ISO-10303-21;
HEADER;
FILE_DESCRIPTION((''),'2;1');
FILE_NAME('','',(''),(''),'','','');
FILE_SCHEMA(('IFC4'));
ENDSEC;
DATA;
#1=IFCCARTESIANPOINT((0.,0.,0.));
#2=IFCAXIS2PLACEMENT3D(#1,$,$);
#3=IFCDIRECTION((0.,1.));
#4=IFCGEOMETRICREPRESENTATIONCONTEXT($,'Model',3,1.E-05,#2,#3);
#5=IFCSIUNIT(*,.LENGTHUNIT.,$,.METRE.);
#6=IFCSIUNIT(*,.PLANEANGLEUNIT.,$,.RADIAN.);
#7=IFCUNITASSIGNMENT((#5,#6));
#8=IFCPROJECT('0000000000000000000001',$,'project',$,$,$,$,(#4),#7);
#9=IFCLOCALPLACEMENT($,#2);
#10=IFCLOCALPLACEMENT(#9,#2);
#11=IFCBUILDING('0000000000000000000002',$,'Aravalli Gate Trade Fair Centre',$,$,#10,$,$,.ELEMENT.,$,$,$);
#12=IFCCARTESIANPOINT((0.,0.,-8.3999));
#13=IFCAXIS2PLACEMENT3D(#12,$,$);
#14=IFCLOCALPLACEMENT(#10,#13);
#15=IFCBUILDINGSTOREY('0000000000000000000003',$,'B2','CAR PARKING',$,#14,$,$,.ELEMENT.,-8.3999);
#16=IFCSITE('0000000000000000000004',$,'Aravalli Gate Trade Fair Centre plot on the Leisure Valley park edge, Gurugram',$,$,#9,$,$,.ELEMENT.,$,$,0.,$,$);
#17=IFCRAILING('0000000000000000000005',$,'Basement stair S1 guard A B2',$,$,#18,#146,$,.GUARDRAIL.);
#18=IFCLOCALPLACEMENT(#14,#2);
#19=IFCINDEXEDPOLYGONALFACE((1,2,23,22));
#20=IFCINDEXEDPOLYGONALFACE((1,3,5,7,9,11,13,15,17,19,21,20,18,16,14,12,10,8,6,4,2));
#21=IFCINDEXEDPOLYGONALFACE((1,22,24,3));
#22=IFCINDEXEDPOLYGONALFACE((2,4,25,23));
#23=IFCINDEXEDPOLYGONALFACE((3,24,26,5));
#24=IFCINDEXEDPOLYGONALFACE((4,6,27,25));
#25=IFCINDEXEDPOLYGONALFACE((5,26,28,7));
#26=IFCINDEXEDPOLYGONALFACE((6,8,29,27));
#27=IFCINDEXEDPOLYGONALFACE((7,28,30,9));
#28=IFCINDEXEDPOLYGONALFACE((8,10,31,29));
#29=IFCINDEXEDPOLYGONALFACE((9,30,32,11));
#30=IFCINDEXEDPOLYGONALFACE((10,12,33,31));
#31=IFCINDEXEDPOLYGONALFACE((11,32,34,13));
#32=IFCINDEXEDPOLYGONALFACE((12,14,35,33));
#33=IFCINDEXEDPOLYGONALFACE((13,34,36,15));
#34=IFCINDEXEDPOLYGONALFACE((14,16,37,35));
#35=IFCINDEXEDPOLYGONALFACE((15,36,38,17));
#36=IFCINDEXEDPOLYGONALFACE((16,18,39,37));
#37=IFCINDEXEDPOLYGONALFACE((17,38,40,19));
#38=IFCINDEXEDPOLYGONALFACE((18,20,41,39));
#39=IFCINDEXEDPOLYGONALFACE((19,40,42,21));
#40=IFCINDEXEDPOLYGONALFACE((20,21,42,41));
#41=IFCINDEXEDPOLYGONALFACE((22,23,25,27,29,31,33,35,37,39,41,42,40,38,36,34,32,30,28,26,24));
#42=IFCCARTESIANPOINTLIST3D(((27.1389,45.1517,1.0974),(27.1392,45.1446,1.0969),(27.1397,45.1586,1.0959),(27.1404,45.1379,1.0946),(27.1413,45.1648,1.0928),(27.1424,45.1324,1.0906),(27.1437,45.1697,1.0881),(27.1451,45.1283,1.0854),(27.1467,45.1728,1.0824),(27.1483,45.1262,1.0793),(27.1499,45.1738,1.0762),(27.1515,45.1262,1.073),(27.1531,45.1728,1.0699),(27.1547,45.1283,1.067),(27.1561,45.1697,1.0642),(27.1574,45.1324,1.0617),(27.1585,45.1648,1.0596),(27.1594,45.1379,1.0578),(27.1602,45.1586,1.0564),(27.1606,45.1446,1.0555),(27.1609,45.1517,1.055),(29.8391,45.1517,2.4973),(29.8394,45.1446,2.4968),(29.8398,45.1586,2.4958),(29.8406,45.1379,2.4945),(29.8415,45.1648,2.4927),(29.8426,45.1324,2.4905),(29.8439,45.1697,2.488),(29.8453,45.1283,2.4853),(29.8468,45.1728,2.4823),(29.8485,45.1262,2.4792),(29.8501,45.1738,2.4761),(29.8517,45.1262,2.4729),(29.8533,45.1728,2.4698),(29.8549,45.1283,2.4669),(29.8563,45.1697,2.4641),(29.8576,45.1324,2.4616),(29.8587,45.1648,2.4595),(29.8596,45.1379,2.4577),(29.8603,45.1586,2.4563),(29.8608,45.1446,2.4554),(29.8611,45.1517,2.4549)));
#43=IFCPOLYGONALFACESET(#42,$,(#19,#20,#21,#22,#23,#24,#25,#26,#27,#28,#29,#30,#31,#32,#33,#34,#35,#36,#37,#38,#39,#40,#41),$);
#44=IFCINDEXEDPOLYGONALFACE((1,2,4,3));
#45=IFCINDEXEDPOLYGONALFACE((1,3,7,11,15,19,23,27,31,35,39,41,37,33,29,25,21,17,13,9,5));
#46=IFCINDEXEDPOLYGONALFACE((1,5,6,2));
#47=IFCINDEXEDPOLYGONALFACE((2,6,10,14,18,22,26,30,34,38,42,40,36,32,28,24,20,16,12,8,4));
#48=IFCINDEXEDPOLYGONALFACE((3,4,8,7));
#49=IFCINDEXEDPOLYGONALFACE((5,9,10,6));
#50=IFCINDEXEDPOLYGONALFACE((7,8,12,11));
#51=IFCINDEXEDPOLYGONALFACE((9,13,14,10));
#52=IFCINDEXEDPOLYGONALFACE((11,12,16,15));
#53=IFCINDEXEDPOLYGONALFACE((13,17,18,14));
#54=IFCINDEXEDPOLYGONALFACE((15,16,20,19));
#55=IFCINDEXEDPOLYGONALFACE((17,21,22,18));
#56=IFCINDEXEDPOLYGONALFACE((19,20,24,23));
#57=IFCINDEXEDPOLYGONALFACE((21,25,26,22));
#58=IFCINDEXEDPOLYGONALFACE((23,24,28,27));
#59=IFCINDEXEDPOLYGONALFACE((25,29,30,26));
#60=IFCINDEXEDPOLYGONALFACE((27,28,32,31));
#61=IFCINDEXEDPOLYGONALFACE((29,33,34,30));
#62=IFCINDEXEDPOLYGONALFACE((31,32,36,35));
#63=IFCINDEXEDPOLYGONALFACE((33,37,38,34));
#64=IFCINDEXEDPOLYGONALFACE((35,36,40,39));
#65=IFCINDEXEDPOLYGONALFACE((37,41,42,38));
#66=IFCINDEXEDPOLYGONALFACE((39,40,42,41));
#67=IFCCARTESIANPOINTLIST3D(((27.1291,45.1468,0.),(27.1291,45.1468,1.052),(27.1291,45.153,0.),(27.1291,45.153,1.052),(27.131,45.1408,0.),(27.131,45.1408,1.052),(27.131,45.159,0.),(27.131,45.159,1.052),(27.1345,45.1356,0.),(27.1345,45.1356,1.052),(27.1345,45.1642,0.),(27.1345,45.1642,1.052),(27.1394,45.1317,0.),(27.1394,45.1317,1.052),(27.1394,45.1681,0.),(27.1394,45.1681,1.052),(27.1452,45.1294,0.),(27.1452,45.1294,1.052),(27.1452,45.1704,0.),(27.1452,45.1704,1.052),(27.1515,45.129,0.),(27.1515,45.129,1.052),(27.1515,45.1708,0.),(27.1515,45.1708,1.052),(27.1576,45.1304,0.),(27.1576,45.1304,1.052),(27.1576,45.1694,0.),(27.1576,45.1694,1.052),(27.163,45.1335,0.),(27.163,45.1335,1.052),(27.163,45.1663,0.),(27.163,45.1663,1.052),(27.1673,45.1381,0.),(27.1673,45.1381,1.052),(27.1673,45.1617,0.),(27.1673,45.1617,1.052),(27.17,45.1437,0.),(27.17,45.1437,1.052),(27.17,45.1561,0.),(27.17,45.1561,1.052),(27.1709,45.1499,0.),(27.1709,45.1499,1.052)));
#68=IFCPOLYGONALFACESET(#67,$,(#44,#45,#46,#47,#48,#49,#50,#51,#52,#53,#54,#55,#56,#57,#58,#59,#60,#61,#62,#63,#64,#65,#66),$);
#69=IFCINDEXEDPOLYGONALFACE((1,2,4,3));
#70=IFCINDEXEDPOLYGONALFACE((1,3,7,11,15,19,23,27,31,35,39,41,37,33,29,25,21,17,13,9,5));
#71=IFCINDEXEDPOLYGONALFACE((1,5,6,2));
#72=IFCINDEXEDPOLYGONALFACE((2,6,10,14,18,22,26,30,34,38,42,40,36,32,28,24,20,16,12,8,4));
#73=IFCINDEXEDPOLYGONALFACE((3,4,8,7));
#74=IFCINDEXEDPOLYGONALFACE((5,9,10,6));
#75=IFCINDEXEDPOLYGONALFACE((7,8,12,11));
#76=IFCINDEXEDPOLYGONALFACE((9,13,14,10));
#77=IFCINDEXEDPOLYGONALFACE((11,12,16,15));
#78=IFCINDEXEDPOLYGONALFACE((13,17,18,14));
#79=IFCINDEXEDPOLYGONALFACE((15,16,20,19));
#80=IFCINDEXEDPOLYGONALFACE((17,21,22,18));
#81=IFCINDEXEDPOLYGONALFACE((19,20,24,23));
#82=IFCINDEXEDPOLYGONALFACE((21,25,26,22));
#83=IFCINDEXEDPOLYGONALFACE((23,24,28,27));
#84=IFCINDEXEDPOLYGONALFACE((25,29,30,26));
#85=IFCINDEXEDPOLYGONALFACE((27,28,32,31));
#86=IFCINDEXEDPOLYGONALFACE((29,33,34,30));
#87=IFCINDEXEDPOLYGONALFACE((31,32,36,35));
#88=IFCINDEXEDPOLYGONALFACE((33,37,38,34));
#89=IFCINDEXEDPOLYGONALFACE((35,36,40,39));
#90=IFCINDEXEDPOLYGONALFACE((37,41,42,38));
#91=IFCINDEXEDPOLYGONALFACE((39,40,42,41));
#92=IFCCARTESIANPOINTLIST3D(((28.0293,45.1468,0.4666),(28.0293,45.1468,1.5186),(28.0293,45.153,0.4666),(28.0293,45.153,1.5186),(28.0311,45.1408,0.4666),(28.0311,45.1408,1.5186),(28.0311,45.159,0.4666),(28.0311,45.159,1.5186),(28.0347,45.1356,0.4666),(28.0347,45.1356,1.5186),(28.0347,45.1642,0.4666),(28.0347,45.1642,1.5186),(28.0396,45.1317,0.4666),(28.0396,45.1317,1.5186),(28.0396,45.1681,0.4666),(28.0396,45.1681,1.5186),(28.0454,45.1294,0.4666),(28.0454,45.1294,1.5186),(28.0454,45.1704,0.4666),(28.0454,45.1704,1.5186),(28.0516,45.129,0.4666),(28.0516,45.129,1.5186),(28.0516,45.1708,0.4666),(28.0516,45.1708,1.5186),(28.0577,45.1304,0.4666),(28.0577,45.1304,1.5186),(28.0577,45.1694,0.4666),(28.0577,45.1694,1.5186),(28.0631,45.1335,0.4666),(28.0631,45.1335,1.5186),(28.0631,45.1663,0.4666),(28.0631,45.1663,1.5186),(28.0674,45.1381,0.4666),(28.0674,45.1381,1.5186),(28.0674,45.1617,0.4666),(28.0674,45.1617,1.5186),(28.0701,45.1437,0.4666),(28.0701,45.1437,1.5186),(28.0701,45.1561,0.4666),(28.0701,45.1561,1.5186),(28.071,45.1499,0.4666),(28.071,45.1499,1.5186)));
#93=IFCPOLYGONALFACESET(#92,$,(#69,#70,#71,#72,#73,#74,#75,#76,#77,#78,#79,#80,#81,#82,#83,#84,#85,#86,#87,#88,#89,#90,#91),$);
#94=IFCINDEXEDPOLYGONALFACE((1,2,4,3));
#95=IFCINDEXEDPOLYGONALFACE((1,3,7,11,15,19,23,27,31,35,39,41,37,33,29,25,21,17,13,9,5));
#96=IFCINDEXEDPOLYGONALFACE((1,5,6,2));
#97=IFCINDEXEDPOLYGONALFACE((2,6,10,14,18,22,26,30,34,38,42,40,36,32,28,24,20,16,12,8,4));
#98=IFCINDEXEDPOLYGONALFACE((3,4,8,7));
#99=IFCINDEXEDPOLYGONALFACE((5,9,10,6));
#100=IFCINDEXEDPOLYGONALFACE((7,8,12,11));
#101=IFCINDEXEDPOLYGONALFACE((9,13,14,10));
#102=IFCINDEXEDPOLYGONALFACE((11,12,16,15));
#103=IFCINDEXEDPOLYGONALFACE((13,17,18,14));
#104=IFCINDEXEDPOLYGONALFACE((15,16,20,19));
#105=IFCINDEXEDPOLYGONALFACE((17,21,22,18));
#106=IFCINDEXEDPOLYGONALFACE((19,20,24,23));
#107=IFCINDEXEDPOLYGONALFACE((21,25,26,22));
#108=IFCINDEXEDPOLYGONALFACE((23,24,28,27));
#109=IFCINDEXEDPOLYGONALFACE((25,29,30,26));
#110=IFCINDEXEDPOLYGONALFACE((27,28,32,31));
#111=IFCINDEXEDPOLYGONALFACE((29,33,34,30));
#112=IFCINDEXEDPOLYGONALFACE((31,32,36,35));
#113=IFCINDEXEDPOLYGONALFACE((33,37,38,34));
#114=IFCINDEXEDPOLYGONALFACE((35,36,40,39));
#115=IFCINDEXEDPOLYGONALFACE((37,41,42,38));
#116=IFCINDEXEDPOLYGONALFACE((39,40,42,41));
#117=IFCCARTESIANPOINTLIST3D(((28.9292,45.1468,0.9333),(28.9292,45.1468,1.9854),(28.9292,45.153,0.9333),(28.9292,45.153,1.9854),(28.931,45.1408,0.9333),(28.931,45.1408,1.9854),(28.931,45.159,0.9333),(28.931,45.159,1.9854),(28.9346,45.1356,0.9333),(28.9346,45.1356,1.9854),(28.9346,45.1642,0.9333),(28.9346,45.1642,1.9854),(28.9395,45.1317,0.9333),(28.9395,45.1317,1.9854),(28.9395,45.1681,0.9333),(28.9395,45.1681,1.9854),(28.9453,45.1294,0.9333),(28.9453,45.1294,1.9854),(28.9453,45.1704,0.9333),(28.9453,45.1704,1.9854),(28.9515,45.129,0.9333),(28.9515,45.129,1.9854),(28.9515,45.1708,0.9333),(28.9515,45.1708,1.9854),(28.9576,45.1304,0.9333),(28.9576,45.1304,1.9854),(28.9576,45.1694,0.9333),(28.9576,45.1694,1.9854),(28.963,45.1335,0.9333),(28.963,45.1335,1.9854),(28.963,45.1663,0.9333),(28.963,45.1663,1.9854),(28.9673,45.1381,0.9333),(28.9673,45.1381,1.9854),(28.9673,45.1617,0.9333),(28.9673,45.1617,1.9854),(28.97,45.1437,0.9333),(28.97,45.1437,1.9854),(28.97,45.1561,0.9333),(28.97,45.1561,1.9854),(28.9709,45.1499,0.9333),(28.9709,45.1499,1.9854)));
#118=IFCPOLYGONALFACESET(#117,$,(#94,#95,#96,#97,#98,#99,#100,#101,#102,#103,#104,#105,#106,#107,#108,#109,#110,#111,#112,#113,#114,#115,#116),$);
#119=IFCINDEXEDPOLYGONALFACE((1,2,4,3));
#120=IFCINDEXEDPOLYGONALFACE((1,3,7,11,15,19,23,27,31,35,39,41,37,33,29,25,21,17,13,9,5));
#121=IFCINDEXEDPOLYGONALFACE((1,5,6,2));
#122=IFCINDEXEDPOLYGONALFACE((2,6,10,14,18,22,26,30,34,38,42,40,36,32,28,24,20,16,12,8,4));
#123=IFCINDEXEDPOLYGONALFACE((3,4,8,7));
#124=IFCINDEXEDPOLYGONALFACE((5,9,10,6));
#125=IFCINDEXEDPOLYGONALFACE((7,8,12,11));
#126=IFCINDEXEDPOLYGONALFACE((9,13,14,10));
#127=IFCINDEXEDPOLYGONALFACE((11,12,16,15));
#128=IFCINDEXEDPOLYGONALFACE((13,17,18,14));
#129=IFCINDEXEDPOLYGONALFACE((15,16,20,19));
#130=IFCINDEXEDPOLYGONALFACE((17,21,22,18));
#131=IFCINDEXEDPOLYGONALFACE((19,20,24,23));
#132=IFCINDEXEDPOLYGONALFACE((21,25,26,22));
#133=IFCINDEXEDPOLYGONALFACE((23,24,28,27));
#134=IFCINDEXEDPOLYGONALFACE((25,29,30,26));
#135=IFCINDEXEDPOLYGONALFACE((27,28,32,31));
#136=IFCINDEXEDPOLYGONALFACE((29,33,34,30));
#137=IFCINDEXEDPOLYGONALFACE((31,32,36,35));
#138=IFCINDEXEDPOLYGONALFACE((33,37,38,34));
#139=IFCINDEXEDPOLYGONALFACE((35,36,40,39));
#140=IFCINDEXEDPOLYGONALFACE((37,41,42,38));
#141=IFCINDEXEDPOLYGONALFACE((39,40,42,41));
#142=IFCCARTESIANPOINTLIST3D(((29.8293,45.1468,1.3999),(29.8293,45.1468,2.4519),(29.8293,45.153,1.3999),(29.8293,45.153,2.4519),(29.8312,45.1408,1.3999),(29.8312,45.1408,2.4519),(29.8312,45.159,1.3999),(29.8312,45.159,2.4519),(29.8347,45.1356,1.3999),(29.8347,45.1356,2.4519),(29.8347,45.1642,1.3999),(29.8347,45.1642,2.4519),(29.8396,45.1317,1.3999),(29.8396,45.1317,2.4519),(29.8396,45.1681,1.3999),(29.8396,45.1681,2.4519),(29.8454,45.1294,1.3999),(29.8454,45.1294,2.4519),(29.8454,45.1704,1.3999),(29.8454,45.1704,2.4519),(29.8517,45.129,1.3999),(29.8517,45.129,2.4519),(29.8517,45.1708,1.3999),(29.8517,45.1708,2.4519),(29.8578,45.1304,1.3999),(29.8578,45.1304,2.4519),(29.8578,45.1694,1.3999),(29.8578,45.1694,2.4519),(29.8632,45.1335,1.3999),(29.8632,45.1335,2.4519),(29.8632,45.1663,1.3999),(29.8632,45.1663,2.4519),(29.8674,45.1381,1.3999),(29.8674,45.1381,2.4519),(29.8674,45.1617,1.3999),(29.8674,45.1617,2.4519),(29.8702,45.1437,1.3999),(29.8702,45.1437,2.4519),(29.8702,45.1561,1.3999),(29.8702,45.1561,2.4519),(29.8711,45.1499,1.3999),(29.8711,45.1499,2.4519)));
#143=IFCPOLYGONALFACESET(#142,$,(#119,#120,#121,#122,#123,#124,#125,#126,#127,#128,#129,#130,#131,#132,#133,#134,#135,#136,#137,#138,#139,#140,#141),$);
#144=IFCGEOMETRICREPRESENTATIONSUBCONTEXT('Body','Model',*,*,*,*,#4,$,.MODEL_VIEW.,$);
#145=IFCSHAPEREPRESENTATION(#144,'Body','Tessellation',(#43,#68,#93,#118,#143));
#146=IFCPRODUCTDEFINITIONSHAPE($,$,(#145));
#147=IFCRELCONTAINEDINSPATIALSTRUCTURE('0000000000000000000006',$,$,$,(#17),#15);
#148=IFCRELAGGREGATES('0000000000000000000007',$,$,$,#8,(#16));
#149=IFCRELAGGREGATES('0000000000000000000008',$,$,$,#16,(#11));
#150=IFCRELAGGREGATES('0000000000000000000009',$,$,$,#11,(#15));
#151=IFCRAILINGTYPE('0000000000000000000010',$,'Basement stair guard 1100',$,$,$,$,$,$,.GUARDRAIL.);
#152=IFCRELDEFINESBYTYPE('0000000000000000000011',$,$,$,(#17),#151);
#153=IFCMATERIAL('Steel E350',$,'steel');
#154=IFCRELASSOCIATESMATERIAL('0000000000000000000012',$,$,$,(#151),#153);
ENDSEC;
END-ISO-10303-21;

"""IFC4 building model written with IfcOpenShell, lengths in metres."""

from ifc_helpers import new_model, si_unit, direction, frame, origin, origin_2d, place, context, subcontext, project, spatial, circle, extrude, material, type_object, element, save


model = new_model("IFC4")

# Units and contexts
model_context = context("Model", 3, precision=1e-05, world=origin(), true_north=direction((0.0, 1.0)))
body_context = subcontext(model_context, "Body", "Model", "MODEL_VIEW")
ifc_project = project(units=[si_unit("LENGTHUNIT", "METRE"), si_unit("PLANEANGLEUNIT", "RADIAN")], contexts=[model_context])

# Site, building, storey
site_placement = place(None, origin())
site = spatial("IfcSite", under=ifc_project, at=site_placement, Name="Aravalli Gate Trade Fair Centre plot on the Leisure Valley park edge, Gurugram", CompositionType="ELEMENT", RefElevation=0.0)
building_placement = place(site_placement, origin())
building = spatial("IfcBuilding", under=site, at=building_placement, Name="Aravalli Gate Trade Fair Centre", CompositionType="ELEMENT")
storey_placement = place(building_placement, frame((0.0, 0.0, -8.3999)))
storey = spatial("IfcBuildingStorey", under=building, at=storey_placement, Name="B2", Description="CAR PARKING", CompositionType="ELEMENT", Elevation=-8.3999)

# Railing
ifc_material_1 = material(Name="Steel E350", Category="steel")
railing_type = type_object("IfcRailingType", Name="Basement stair guard 1100", PredefinedType="GUARDRAIL", material=ifc_material_1)
railing_1_placement = place(storey_placement, frame((27.1499, 45.1499, 0.0)))
element("IfcRailing", 1, at=railing_1_placement, inside=storey, type_object=railing_type, Name="Basement stair S1 guard A B2", PredefinedType="GUARDRAIL", context=body_context, shape_type="SweptSolid", body=[
    extrude(circle(Radius=0.0239, at=origin_2d()), frame((0.0, 0.0, 1.0762), z_axis=(0.887781, 0.0, 0.460266), x_axis=(0.0, 1.0, 0.0)), (0.0, 0.0, 1.0), 3.0415),
    extrude(circle(Radius=0.021, at=origin_2d()), origin(), (0.0, 0.0, 1.0), 1.052),
    extrude(circle(Radius=0.021, at=origin_2d()), frame((0.9001, 0.0, 0.4666)), (0.0, 0.0, 1.0), 1.052),
    extrude(circle(Radius=0.021, at=origin_2d()), frame((1.8, 0.0, 0.9333)), (0.0, 0.0, 1.0), 1.052),
    extrude(circle(Radius=0.021, at=origin_2d()), frame((2.7002, 0.0, 1.3999)), (0.0, 0.0, 1.0), 1.052),
])

save(model, "model.ifc")
